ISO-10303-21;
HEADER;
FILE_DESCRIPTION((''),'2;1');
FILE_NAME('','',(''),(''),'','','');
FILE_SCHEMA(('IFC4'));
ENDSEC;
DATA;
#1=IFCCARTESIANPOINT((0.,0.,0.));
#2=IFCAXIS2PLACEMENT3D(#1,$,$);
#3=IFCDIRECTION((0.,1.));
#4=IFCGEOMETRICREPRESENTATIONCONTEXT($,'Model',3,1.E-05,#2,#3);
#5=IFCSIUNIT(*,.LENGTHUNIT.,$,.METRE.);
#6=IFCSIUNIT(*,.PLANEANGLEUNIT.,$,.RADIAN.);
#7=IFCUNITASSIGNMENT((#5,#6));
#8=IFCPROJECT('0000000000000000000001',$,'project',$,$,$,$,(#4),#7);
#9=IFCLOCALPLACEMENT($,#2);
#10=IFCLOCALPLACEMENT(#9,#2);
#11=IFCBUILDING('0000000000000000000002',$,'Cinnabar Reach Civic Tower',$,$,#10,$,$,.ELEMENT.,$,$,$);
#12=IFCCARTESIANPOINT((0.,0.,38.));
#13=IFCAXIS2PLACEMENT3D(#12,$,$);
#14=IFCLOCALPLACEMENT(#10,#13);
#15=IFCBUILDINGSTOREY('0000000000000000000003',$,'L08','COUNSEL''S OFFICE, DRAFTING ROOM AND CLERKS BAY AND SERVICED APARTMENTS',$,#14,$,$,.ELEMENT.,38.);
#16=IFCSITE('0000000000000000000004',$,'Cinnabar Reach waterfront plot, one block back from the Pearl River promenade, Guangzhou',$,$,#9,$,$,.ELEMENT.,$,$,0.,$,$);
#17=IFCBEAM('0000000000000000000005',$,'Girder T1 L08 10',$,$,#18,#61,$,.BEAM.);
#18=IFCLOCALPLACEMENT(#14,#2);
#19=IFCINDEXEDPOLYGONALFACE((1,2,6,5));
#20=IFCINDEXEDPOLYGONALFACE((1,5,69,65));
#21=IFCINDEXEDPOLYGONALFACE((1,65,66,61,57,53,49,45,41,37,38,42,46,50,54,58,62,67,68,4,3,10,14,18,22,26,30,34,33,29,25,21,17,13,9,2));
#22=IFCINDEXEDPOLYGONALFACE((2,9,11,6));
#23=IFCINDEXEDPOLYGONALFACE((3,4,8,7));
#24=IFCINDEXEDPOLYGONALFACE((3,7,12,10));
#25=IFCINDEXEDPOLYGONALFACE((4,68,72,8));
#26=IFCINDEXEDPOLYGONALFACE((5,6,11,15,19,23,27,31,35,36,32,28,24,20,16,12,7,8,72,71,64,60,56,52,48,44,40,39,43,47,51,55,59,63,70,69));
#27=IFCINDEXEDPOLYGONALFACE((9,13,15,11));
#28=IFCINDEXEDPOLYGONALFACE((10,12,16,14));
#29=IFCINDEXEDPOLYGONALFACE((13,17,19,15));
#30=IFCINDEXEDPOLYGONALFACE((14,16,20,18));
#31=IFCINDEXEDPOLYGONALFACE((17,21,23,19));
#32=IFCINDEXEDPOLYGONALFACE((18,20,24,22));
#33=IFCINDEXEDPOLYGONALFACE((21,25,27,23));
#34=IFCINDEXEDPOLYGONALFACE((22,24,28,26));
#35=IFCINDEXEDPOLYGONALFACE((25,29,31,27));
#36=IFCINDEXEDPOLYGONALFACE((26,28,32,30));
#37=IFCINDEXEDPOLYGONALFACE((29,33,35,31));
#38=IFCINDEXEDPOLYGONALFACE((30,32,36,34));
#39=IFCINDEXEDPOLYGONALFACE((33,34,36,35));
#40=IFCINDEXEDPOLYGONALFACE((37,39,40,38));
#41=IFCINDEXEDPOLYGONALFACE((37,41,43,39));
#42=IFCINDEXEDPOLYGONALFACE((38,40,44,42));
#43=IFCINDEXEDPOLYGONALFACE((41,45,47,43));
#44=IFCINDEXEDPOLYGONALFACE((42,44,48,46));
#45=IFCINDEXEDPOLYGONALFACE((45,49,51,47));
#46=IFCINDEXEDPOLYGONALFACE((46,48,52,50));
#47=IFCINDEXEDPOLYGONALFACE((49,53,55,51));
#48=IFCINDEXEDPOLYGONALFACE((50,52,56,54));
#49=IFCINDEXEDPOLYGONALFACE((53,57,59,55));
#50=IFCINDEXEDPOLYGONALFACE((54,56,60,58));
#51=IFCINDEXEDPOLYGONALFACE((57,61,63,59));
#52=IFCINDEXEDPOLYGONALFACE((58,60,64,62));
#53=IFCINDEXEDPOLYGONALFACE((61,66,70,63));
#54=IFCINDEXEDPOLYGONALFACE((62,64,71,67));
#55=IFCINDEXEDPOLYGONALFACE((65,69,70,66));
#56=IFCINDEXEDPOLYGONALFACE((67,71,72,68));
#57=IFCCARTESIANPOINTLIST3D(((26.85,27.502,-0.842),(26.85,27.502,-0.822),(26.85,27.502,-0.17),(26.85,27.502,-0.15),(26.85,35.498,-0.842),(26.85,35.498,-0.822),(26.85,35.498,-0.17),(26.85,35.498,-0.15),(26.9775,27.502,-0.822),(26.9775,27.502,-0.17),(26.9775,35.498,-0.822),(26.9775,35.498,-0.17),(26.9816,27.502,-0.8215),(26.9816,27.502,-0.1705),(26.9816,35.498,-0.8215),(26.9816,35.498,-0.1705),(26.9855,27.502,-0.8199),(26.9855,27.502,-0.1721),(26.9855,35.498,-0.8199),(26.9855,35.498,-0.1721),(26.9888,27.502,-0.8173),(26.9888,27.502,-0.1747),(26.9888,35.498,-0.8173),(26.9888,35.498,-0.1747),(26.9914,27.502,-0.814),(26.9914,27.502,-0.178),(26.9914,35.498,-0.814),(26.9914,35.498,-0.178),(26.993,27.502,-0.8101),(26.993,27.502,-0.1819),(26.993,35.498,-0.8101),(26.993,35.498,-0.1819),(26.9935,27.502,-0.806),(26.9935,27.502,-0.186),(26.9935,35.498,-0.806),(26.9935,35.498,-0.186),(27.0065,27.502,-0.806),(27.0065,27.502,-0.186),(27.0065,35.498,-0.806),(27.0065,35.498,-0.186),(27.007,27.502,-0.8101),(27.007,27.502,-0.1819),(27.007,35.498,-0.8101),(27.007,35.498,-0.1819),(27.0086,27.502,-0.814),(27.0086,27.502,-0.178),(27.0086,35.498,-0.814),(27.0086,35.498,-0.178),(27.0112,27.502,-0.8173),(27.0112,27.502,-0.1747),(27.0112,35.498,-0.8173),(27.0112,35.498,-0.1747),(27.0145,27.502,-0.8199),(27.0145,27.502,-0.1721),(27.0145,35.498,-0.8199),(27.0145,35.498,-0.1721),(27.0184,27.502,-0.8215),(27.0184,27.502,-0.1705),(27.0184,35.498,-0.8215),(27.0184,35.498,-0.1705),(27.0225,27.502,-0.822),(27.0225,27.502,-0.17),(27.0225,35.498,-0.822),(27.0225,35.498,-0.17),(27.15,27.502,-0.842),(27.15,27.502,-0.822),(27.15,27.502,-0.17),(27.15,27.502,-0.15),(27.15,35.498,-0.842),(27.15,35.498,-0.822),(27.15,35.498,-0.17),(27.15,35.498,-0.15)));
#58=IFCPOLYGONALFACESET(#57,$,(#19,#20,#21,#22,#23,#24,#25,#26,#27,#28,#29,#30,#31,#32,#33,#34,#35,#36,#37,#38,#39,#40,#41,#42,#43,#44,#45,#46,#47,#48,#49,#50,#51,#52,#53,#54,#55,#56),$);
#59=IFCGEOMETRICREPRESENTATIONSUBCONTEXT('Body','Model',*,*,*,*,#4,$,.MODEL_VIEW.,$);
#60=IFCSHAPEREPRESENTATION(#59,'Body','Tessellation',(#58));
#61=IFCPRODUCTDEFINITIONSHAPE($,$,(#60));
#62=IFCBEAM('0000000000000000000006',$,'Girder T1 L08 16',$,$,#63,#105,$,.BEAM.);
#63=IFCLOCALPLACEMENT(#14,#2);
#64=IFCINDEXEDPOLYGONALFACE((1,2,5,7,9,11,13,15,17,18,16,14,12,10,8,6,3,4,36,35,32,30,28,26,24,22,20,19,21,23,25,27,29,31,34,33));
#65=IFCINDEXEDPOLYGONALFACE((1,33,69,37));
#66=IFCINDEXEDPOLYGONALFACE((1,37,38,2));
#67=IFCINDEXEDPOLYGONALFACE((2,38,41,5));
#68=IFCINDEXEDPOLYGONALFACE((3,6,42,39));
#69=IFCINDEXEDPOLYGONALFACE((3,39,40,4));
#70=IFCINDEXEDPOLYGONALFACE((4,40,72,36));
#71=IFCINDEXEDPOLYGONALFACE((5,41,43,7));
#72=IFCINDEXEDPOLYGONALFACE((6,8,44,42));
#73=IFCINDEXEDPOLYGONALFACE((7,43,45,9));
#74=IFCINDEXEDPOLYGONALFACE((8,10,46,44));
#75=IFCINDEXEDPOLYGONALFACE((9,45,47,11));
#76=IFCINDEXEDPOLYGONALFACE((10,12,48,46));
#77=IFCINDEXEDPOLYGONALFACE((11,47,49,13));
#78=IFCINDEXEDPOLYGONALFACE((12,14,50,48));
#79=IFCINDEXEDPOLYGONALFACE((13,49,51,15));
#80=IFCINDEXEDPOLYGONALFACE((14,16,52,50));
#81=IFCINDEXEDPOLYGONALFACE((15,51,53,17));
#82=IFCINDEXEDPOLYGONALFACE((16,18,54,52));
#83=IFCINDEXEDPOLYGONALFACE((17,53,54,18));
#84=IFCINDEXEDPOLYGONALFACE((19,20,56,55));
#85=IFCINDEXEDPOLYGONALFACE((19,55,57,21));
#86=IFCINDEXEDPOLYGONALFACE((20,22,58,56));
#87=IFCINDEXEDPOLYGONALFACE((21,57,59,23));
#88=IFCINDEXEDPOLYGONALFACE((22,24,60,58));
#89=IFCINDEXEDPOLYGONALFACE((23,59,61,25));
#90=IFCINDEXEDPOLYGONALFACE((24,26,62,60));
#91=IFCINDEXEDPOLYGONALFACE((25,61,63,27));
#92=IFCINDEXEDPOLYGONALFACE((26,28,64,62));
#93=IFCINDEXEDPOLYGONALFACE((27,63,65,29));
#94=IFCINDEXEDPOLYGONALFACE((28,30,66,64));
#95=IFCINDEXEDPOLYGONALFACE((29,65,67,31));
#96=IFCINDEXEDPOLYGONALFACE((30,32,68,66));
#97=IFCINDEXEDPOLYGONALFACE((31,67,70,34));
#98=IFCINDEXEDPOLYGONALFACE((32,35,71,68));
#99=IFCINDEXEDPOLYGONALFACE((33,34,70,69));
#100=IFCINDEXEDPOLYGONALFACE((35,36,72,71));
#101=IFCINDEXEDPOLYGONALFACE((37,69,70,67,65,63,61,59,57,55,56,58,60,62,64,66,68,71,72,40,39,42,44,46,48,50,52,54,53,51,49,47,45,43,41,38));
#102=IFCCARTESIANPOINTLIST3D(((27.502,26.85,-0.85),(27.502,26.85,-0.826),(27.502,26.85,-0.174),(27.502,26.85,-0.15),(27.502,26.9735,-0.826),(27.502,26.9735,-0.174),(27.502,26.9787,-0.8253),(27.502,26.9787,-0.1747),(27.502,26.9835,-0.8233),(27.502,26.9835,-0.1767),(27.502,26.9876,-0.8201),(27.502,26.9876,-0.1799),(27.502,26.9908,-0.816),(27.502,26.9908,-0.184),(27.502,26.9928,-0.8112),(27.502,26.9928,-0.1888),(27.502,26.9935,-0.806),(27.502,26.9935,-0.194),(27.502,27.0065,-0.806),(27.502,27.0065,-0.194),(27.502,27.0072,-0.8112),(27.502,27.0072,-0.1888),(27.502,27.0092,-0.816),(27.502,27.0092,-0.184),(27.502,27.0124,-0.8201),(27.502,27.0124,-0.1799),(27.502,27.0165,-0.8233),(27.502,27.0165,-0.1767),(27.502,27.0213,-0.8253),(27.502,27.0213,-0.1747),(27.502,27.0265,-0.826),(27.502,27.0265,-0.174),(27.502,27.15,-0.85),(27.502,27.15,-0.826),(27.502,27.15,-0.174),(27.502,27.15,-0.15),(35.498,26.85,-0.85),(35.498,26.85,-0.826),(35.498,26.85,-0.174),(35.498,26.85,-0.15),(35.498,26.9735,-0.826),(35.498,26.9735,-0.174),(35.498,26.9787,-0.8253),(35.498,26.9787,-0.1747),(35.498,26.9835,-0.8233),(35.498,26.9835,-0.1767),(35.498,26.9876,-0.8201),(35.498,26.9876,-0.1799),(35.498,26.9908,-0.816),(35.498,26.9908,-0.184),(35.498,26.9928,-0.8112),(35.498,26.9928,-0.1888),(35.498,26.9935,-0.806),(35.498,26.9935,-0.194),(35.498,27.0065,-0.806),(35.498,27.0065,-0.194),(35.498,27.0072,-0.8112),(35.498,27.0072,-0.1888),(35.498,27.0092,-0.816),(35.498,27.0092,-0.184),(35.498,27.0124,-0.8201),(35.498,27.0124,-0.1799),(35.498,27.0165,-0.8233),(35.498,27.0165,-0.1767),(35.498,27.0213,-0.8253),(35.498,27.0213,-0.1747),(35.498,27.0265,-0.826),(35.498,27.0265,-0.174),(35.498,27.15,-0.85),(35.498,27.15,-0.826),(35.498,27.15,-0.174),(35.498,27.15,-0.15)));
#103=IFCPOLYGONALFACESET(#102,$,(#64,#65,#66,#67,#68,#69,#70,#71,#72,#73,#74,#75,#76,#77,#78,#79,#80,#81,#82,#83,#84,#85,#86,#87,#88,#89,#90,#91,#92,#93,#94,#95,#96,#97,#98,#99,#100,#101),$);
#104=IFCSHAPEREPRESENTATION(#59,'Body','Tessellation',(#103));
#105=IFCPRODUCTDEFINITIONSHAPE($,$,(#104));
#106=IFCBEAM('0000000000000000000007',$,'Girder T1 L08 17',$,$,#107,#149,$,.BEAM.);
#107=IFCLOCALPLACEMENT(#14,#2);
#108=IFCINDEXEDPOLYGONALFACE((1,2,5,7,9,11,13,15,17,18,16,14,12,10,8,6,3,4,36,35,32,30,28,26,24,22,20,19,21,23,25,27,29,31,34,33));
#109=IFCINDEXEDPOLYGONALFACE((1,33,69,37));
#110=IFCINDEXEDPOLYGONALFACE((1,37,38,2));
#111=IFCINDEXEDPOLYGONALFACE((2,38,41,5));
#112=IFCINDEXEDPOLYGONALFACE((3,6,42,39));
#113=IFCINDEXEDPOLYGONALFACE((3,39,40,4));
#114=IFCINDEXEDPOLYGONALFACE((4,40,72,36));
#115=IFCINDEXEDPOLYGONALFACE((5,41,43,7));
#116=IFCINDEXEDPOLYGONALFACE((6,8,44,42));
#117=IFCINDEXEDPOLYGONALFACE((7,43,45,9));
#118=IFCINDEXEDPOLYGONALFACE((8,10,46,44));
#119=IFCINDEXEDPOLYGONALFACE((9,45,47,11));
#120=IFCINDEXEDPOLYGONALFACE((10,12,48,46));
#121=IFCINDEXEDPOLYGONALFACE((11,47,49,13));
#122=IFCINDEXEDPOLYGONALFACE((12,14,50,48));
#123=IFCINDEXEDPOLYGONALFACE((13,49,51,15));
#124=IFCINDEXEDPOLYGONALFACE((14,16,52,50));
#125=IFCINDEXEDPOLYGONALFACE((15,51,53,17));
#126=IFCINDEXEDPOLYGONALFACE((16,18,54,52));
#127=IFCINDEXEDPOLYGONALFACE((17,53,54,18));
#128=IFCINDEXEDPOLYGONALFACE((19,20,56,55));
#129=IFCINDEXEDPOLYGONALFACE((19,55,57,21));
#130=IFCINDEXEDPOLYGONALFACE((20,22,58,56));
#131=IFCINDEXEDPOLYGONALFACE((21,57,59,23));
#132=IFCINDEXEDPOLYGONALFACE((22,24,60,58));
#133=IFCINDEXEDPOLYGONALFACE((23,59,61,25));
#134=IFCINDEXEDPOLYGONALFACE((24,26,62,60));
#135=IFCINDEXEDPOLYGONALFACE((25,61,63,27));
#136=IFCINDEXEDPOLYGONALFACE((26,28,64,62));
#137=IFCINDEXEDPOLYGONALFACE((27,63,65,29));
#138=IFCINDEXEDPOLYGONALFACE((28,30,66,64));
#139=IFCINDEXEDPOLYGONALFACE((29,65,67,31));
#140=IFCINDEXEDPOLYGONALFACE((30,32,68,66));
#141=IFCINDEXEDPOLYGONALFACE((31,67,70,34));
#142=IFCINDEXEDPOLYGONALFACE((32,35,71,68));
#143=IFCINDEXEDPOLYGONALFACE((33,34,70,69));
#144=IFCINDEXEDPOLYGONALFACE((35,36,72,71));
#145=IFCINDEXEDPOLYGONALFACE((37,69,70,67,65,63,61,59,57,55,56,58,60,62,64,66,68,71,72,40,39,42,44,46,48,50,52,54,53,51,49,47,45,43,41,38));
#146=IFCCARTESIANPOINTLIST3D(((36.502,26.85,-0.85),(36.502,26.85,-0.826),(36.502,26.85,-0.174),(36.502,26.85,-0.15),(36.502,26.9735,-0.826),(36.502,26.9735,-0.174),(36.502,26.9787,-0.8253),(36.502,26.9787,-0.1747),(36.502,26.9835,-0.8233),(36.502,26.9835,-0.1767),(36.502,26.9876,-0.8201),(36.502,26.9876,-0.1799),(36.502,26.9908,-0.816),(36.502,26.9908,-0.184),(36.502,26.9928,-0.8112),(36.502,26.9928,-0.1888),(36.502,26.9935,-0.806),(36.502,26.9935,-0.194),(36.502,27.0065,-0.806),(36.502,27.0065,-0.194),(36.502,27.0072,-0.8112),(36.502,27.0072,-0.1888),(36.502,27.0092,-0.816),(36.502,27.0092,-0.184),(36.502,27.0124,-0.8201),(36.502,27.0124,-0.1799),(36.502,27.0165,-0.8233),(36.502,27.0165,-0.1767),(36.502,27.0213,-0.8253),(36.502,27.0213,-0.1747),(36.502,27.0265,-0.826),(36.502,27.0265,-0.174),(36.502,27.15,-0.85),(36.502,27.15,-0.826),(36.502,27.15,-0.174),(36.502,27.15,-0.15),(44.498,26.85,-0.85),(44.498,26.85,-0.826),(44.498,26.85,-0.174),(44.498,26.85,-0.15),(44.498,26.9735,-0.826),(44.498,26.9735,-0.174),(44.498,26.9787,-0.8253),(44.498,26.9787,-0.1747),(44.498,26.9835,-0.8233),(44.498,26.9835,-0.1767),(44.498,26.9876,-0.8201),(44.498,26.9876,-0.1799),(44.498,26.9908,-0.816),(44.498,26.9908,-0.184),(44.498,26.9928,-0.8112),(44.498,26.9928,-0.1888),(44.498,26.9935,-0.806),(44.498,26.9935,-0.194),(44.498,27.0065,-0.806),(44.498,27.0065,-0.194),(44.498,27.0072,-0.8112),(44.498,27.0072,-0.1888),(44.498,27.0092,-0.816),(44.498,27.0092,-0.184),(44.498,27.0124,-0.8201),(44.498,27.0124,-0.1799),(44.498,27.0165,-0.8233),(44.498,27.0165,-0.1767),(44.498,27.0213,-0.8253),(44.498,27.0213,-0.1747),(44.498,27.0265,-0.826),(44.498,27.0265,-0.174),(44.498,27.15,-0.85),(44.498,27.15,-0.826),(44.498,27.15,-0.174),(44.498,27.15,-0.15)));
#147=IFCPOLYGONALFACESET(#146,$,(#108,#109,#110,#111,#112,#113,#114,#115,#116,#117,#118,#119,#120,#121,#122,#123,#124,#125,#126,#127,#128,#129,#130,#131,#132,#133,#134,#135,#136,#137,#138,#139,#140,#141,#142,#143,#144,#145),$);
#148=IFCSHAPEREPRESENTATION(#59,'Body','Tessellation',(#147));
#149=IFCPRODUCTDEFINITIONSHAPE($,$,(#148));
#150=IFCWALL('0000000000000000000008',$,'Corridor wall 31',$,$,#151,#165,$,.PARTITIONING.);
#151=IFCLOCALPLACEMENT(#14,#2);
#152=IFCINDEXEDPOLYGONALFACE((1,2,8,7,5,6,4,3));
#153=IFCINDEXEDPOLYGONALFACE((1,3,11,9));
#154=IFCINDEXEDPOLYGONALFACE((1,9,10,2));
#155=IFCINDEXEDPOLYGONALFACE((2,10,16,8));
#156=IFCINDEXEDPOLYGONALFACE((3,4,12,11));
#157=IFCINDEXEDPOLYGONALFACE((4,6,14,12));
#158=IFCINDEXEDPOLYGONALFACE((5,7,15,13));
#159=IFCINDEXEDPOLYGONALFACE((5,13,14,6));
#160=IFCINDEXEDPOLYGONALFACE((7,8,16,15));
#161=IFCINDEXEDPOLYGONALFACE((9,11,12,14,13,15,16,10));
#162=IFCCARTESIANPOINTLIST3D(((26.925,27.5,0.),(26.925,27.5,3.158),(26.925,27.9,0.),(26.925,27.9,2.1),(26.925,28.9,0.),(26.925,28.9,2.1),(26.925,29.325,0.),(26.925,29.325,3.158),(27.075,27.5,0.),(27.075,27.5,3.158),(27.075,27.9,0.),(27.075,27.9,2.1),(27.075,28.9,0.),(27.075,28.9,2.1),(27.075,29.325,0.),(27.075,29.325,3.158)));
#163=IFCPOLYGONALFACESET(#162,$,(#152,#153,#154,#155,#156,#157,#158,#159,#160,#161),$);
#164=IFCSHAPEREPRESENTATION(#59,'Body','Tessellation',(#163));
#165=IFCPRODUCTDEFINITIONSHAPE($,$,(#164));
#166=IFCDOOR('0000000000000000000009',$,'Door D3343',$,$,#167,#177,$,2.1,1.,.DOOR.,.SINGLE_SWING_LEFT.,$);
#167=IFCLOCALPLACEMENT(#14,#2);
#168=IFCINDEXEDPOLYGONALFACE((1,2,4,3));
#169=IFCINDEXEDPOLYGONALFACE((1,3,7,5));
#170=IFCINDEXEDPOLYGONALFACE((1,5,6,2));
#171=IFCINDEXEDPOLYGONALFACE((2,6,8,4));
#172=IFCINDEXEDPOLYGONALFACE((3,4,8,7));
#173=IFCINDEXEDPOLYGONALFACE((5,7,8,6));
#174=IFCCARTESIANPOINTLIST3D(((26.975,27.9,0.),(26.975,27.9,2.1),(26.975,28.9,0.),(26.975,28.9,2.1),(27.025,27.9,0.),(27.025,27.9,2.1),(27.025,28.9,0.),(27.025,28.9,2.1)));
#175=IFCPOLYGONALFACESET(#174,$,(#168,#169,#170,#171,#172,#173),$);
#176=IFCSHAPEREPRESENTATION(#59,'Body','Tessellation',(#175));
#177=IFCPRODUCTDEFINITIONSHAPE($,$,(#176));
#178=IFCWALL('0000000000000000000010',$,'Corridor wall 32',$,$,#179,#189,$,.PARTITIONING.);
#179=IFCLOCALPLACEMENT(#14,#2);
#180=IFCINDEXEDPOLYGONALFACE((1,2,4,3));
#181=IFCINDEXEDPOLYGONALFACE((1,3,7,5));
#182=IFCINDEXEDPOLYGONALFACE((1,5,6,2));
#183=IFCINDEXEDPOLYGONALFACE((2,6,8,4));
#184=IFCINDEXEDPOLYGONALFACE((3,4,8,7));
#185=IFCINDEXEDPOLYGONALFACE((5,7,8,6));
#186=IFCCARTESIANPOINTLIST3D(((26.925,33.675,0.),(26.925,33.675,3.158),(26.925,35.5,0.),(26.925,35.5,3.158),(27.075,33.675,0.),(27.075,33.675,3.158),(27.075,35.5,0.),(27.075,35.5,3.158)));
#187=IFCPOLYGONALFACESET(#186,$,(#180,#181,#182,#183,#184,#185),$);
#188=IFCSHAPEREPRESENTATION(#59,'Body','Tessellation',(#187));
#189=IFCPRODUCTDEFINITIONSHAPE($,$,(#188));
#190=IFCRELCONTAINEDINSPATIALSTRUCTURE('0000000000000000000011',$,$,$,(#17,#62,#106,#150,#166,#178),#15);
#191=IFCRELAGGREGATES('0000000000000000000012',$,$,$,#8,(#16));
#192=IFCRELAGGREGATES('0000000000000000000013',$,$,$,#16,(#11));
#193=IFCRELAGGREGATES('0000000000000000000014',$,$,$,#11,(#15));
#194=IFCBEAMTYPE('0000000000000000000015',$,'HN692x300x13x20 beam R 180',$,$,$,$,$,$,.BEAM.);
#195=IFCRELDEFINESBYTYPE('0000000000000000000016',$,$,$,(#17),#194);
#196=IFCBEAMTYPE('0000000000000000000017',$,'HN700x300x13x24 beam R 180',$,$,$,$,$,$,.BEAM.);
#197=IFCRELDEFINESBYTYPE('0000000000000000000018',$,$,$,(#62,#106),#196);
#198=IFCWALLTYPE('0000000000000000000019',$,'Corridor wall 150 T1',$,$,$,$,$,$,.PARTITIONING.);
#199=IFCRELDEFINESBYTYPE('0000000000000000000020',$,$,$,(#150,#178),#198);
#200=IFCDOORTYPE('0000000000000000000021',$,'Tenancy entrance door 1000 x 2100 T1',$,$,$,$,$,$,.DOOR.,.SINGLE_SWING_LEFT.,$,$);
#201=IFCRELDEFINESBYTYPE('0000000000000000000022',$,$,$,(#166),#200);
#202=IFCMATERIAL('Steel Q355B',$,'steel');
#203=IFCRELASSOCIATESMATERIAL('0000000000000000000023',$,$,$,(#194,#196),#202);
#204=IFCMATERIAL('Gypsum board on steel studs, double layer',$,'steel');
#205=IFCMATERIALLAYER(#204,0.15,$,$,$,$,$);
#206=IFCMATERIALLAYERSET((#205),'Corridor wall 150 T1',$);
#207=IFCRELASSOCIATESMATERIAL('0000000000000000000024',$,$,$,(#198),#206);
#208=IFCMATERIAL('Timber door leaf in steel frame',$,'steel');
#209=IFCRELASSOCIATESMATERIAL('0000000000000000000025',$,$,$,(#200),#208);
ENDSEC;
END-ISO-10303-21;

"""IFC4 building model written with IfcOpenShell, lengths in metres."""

from ifc_helpers import new_model, si_unit, direction, frame, frame_2d, origin, origin_2d, place, context, subcontext, project, spatial, rectangle, i_section, extrude, material, layer, layer_set, material_profile, profile_set, type_object, element, fill, save


model = new_model("IFC4")

# Units and contexts
model_context = context("Model", 3, precision=1e-05, world=origin(), true_north=direction((0.0, 1.0)))
body_context = subcontext(model_context, "Body", "Model", "MODEL_VIEW")
ifc_project = project(units=[si_unit("LENGTHUNIT", "METRE"), si_unit("PLANEANGLEUNIT", "RADIAN")], contexts=[model_context])

# Site, building, storey
site_placement = place(None, origin())
site = spatial("IfcSite", under=ifc_project, at=site_placement, Name="Cinnabar Reach waterfront plot, one block back from the Pearl River promenade, Guangzhou", CompositionType="ELEMENT", RefElevation=0.0)
building_placement = place(site_placement, origin())
building = spatial("IfcBuilding", under=site, at=building_placement, Name="Cinnabar Reach Civic Tower", CompositionType="ELEMENT")
storey_placement = place(building_placement, frame((0.0, 0.0, 38.0)))
storey = spatial("IfcBuildingStorey", under=building, at=storey_placement, Name="L08", Description="COUNSEL'S OFFICE, DRAFTING ROOM AND CLERKS BAY AND SERVICED APARTMENTS", CompositionType="ELEMENT", Elevation=38.0)

# Beams
ifc_material_1 = material(Name="Steel Q355B", Category="steel")
ifc_material_profile_1 = material_profile(ifc_material_1, i_section(OverallWidth=0.3, OverallDepth=0.692, WebThickness=0.013, FlangeThickness=0.02, FilletRadius=0.016, at=origin_2d()), Name="HN692x300x13x20")
ifc_profile_set_1 = profile_set([ifc_material_profile_1], Name="Steel Q355B")
beam_type_1 = type_object("IfcBeamType", Name="HN692x300x13x20 beam R 180", PredefinedType="BEAM", material=ifc_profile_set_1)
beam_1_placement = place(storey_placement, frame((27.0, 27.502, -0.496), z_axis=(0.0, 1.0, 0.0), x_axis=(-1.0, 0.0, 0.0)))
element("IfcBeam", 1, at=beam_1_placement, inside=storey, type_object=beam_type_1, Name="Girder T1 L08 10", PredefinedType="BEAM", context=body_context, shape_type="SweptSolid", body=[
    extrude(i_section(OverallWidth=0.3, OverallDepth=0.692, WebThickness=0.013, FlangeThickness=0.02, FilletRadius=0.016, at=origin_2d()), origin(), (0.0, 0.0, 1.0), 7.996),
])
ifc_material_profile_2 = material_profile(ifc_material_1, i_section(OverallWidth=0.3, OverallDepth=0.7, WebThickness=0.013, FlangeThickness=0.024, FilletRadius=0.02, at=origin_2d()), Name="HN700x300x13x24")
ifc_profile_set_2 = profile_set([ifc_material_profile_2], Name="Steel Q355B")
beam_type_2 = type_object("IfcBeamType", Name="HN700x300x13x24 beam R 180", PredefinedType="BEAM", material=ifc_profile_set_2)
for number, where, z_axis, x_axis, name in (
    (2, (27.502, 27.0, -0.5), (1.0, 0.0, 0.0), (0.0, 1.0, 0.0), "Girder T1 L08 16"),
    (3, (36.502, 27.0, -0.5), (1.0, 0.0, 0.0), (0.0, 1.0, 0.0), "Girder T1 L08 17"),
):
    element("IfcBeam", number, at=place(storey_placement, frame(where, z_axis=z_axis, x_axis=x_axis)), inside=storey, type_object=beam_type_2, Name=name, PredefinedType="BEAM", context=body_context, shape_type="SweptSolid", body=[
        extrude(i_section(OverallWidth=0.3, OverallDepth=0.7, WebThickness=0.013, FlangeThickness=0.024, FilletRadius=0.02, at=origin_2d()), origin(), (0.0, 0.0, 1.0), 7.996),
    ])

# Wall, opening, door
ifc_material_2 = material(Name="Gypsum board on steel studs, double layer", Category="steel")
ifc_layer_1 = layer(ifc_material_2, 0.15)
ifc_layer_set_1 = layer_set([ifc_layer_1], Name="Corridor wall 150 T1")
wall_type_1 = type_object("IfcWallType", Name="Corridor wall 150 T1", PredefinedType="PARTITIONING", material=ifc_layer_set_1)
wall_1_placement = place(storey_placement, frame((27.0, 27.5, 0.0), z_axis=(0.0, 0.0, 1.0), x_axis=(0.0, 1.0, 0.0)))
wall_1 = element("IfcWall", 4, at=wall_1_placement, inside=storey, type_object=wall_type_1, Name="Corridor wall 31", PredefinedType="PARTITIONING", context=body_context, shape_type="SweptSolid", body=[
    extrude(rectangle(XDim=1.825, YDim=0.15, at=frame_2d((0.9125, 0.0))), origin(), (0.0, 0.0, 1.0), 3.158),
])
opening_1_placement = place(wall_1_placement, frame((0.4, 0.0, 0.0)))
opening_1 = element("IfcOpeningElement", 5, at=opening_1_placement, cuts=wall_1, PredefinedType="OPENING", context=body_context, shape_type="SweptSolid", body=[
    extrude(rectangle(XDim=1.0, YDim=2.1, at=frame_2d((0.5, 1.05))), frame((0.0, 0.085, 0.0), z_axis=(0.0, -1.0, 0.0), x_axis=(1.0, 0.0, 0.0)), (0.0, 0.0, 1.0), 0.17),
])
ifc_material_3 = material(Name="Timber door leaf in steel frame", Category="steel")
door_type_1 = type_object("IfcDoorType", Name="Tenancy entrance door 1000 x 2100 T1", OperationType="SINGLE_SWING_LEFT", PredefinedType="DOOR", material=ifc_material_3)
door_1_placement = place(opening_1_placement, frame((1.0, 0.0, 0.0), z_axis=(0.0, 0.0, 1.0), x_axis=(-1.0, 0.0, 0.0)))
door_1 = element("IfcDoor", 6, at=door_1_placement, inside=storey, type_object=door_type_1, Name="Door D3343", OperationType="SINGLE_SWING_LEFT", OverallHeight=2.1, OverallWidth=1.0, PredefinedType="DOOR", context=body_context, shape_type="SweptSolid", body=[
    extrude(rectangle(XDim=1.0, YDim=2.1, at=frame_2d((0.5, 1.05))), frame((0.0, 0.025, 0.0), z_axis=(0.0, -1.0, 0.0), x_axis=(1.0, 0.0, 0.0)), (0.0, 0.0, 1.0), 0.05),
])
fill(opening_1, door_1)

# Wall
wall_2_placement = place(storey_placement, frame((27.0, 33.675, 0.0), z_axis=(0.0, 0.0, 1.0), x_axis=(0.0, 1.0, 0.0)))
element("IfcWall", 7, at=wall_2_placement, inside=storey, type_object=wall_type_1, Name="Corridor wall 32", PredefinedType="PARTITIONING", context=body_context, shape_type="SweptSolid", body=[
    extrude(rectangle(XDim=1.825, YDim=0.15, at=frame_2d((0.9125, 0.0))), origin(), (0.0, 0.0, 1.0), 3.158),
])

save(model, "model.ifc")
